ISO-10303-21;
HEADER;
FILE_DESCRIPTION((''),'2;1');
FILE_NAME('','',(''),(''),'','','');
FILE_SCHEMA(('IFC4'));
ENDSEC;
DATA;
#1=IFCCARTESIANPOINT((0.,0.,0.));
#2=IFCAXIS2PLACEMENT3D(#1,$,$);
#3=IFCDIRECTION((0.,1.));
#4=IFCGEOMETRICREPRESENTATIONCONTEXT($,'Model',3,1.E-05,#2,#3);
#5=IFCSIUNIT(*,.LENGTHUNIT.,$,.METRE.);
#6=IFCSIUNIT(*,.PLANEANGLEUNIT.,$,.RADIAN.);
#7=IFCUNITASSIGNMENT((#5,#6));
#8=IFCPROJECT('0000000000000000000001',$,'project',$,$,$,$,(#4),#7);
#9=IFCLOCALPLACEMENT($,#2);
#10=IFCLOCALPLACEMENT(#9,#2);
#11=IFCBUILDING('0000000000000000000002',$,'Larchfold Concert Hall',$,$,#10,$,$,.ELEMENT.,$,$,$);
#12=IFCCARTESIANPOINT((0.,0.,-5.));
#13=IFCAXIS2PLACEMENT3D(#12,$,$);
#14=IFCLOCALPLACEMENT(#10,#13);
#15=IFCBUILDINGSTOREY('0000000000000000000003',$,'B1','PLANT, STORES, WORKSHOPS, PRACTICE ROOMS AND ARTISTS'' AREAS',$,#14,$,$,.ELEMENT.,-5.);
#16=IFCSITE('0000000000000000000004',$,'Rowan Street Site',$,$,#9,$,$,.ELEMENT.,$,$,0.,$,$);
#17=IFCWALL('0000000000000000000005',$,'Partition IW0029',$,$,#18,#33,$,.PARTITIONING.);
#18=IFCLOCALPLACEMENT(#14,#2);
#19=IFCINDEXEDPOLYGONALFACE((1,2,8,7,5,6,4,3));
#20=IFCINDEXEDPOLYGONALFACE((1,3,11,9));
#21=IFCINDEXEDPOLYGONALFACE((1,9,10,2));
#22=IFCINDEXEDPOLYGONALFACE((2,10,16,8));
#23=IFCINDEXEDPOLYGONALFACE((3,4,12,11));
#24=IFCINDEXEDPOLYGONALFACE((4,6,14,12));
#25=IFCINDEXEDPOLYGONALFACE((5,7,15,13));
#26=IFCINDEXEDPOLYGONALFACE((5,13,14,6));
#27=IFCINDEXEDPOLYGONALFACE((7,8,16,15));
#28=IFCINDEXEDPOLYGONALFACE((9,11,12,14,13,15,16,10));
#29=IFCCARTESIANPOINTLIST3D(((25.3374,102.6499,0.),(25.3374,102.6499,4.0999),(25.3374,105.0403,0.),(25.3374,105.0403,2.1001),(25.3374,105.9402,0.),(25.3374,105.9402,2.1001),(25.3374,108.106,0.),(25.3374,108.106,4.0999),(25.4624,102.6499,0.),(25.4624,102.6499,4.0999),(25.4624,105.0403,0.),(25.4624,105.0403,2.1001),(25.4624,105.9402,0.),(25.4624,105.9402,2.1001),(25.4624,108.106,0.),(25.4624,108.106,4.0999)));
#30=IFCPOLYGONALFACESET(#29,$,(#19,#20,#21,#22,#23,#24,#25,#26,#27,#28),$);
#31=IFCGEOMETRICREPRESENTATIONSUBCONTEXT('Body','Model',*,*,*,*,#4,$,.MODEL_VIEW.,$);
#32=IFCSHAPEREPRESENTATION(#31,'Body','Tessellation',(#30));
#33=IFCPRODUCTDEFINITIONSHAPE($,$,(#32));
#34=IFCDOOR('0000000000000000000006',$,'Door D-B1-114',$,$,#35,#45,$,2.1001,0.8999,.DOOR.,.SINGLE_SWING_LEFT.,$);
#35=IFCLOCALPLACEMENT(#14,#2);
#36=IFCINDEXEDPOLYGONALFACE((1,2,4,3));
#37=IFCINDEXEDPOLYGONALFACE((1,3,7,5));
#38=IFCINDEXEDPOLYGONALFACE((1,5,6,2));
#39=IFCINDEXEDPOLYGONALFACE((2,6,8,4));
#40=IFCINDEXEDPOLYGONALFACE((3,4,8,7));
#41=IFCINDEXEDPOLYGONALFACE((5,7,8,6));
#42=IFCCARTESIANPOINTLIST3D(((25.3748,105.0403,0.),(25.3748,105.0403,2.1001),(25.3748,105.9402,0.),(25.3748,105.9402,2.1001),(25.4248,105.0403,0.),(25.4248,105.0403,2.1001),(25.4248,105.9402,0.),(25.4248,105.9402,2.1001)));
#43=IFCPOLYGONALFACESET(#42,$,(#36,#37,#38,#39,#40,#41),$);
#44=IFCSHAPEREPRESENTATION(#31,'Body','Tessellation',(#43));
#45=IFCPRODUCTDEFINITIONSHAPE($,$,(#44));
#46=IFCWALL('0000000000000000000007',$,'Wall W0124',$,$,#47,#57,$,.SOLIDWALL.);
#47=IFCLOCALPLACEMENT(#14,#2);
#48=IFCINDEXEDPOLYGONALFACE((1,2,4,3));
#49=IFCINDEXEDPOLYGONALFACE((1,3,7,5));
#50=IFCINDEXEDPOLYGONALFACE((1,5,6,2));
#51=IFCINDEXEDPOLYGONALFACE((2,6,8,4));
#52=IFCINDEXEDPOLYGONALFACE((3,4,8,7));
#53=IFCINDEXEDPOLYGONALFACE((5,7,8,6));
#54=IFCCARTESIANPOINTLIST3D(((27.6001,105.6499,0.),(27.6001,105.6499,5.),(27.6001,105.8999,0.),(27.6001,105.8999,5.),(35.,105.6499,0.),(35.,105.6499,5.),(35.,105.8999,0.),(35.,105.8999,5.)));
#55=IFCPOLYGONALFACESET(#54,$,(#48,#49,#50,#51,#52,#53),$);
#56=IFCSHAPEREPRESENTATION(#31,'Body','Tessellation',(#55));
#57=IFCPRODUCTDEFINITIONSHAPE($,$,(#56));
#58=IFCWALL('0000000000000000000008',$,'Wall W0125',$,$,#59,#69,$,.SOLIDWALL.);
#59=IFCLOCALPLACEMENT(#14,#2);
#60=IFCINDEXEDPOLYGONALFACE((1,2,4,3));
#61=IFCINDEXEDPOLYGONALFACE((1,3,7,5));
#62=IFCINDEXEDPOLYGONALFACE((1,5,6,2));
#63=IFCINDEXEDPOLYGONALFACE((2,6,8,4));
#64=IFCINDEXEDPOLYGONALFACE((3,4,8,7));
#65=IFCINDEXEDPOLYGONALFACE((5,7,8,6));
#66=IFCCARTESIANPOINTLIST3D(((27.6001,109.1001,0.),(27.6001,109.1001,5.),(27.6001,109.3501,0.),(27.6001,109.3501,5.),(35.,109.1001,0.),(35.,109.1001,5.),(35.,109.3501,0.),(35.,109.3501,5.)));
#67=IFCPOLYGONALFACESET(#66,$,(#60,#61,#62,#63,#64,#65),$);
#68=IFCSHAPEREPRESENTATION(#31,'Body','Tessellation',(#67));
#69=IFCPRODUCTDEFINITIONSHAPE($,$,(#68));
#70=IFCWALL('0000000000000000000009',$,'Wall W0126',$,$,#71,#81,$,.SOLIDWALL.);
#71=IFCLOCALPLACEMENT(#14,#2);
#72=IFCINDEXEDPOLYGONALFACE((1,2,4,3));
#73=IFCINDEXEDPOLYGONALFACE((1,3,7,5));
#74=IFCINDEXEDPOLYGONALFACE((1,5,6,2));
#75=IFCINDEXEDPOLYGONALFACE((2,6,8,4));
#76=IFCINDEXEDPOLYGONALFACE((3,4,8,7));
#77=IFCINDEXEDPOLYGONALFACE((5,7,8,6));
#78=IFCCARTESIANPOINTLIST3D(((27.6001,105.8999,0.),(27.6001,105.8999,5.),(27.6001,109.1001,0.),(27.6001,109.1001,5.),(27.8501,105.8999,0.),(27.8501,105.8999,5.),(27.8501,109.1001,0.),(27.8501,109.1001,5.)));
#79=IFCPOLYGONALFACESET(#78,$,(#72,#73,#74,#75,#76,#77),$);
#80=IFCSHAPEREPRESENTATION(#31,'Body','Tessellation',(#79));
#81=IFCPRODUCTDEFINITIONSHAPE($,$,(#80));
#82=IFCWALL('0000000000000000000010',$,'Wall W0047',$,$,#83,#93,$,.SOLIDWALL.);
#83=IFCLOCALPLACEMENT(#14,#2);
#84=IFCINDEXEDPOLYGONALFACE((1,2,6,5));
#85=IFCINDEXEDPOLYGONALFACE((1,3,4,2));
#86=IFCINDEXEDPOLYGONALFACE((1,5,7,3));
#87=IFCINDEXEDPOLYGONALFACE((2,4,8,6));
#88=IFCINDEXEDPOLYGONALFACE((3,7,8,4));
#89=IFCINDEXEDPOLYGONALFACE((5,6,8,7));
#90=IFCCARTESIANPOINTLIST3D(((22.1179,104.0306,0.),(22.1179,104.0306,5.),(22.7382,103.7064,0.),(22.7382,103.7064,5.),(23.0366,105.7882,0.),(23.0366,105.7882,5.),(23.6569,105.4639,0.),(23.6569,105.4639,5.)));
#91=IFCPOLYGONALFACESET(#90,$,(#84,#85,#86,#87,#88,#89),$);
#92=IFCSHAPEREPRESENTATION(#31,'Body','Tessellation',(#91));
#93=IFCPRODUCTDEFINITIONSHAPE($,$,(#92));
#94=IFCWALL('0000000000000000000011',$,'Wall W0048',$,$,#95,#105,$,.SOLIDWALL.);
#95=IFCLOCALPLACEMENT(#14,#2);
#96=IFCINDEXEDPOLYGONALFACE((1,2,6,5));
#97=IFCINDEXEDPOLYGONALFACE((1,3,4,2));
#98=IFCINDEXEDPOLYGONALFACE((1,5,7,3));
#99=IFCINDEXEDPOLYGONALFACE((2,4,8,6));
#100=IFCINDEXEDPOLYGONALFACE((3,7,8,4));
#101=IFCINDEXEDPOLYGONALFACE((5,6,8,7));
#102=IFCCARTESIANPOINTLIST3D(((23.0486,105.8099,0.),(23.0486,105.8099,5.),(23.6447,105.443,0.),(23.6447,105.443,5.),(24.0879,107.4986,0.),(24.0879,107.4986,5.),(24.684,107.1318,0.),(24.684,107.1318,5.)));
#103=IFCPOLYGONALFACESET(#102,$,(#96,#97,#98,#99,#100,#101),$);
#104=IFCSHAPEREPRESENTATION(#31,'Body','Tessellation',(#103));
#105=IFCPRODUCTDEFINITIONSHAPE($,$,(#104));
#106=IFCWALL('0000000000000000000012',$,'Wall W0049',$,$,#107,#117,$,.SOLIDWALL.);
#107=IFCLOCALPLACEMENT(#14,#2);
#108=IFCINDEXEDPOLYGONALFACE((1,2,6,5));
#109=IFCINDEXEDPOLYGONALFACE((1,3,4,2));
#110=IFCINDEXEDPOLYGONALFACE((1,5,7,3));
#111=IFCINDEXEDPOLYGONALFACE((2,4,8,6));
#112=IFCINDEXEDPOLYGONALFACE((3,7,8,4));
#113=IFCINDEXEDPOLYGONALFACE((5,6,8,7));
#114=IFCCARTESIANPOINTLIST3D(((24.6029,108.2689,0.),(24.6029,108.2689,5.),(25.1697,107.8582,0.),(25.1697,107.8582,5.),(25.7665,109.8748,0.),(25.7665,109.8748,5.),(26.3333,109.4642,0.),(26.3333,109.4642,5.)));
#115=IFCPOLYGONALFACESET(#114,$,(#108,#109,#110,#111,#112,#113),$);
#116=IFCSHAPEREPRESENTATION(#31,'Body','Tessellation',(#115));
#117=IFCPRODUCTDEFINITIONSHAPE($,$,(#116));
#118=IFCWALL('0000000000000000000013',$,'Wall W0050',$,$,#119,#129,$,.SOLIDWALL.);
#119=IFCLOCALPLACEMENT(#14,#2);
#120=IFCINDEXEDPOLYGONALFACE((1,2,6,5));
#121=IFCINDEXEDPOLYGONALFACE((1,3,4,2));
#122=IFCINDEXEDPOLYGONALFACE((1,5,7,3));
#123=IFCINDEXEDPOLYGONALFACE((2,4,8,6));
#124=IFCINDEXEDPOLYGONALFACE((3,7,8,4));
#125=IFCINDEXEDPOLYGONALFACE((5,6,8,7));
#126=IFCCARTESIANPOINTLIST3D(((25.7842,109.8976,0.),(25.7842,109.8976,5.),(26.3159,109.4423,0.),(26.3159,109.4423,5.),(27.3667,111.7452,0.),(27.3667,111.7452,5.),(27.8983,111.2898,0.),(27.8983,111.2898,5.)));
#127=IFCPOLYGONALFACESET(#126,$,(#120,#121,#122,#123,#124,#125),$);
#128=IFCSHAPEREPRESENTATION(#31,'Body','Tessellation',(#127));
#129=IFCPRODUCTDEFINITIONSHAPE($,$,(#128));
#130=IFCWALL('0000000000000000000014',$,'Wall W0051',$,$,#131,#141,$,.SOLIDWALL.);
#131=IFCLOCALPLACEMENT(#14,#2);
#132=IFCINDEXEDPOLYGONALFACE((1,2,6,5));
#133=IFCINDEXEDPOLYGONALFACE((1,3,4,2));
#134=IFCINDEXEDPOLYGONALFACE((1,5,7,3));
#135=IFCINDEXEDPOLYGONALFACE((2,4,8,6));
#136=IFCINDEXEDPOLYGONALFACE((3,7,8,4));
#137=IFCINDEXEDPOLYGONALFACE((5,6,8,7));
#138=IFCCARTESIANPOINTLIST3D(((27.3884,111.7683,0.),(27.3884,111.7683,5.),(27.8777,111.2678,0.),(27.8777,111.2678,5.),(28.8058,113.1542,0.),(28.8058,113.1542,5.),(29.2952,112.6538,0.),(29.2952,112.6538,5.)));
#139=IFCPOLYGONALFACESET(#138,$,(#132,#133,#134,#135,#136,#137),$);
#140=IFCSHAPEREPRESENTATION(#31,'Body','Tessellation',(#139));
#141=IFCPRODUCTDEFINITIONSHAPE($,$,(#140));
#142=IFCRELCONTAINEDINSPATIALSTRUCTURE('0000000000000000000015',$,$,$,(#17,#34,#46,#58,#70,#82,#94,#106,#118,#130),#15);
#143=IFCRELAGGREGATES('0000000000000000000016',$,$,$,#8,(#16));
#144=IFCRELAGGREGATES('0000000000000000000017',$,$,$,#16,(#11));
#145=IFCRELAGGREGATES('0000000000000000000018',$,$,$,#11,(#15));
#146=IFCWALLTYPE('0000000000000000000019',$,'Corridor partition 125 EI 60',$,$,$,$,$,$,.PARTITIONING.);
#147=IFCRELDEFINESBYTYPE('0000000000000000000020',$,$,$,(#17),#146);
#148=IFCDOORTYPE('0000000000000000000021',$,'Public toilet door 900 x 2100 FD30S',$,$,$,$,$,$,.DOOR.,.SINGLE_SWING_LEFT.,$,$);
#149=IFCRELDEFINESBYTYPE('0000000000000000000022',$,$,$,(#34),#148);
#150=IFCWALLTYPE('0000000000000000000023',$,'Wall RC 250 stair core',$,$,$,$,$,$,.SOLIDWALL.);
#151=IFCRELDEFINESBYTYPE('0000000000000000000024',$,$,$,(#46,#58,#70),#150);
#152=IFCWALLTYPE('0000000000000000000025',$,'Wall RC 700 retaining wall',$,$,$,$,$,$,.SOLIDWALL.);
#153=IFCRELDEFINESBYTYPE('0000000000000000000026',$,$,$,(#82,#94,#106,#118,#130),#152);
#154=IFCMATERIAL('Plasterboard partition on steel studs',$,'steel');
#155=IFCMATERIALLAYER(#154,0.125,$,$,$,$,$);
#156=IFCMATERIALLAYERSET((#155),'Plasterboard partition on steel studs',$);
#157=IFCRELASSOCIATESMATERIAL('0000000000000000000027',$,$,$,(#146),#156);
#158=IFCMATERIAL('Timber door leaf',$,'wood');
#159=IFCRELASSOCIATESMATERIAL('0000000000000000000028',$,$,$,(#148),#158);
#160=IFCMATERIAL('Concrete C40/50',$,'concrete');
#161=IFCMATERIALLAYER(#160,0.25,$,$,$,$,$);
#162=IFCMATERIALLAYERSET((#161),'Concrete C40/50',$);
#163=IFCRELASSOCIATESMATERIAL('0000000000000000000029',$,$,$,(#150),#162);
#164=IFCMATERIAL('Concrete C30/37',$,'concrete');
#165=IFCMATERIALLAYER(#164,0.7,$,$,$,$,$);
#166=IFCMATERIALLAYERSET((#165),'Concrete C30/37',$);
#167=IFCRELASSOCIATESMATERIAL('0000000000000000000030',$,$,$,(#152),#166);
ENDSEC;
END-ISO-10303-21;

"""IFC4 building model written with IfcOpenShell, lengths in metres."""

from ifc_helpers import new_model, si_unit, direction, frame, frame_2d, origin, place, context, subcontext, project, spatial, rectangle, extrude, material, layer, layer_set, type_object, element, fill, save


model = new_model("IFC4")

# Units and contexts
model_context = context("Model", 3, precision=1e-05, world=origin(), true_north=direction((0.0, 1.0)))
body_context = subcontext(model_context, "Body", "Model", "MODEL_VIEW")
ifc_project = project(units=[si_unit("LENGTHUNIT", "METRE"), si_unit("PLANEANGLEUNIT", "RADIAN")], contexts=[model_context])

# Site, building, storey
site_placement = place(None, origin())
site = spatial("IfcSite", under=ifc_project, at=site_placement, Name="Rowan Street Site", CompositionType="ELEMENT", RefElevation=0.0)
building_placement = place(site_placement, origin())
building = spatial("IfcBuilding", under=site, at=building_placement, Name="Larchfold Concert Hall", CompositionType="ELEMENT")
storey_placement = place(building_placement, frame((0.0, 0.0, -5.0)))
storey = spatial("IfcBuildingStorey", under=building, at=storey_placement, Name="B1", Description="PLANT, STORES, WORKSHOPS, PRACTICE ROOMS AND ARTISTS' AREAS", CompositionType="ELEMENT", Elevation=-5.0)

# Wall, opening, door
ifc_material_1 = material(Name="Plasterboard partition on steel studs", Category="steel")
ifc_layer_1 = layer(ifc_material_1, 0.125)
ifc_layer_set_1 = layer_set([ifc_layer_1], Name="Plasterboard partition on steel studs")
wall_type_1 = type_object("IfcWallType", Name="Corridor partition 125 EI 60", PredefinedType="PARTITIONING", material=ifc_layer_set_1)
wall_1_placement = place(storey_placement, frame((25.3999, 108.106, 0.0), z_axis=(0.0, 0.0, 1.0), x_axis=(0.0, -1.0, 0.0)))
wall_1 = element("IfcWall", 1, at=wall_1_placement, inside=storey, type_object=wall_type_1, Name="Partition IW0029", PredefinedType="PARTITIONING", context=body_context, shape_type="SweptSolid", body=[
    extrude(rectangle(XDim=5.4561, YDim=0.125, at=frame_2d((2.728, 0.0))), origin(), (0.0, 0.0, 1.0), 4.0999),
])
opening_placement = place(wall_1_placement, frame((2.1658, 0.0, 0.0)))
opening = element("IfcOpeningElement", 2, at=opening_placement, cuts=wall_1, PredefinedType="OPENING", context=body_context, shape_type="SweptSolid", body=[
    extrude(rectangle(XDim=0.8999, YDim=2.1001, at=frame_2d((0.45, 1.05))), frame((0.0, 0.0725, 0.0), z_axis=(0.0, -1.0, 0.0), x_axis=(1.0, 0.0, 0.0)), (0.0, 0.0, 1.0), 0.145),
])
ifc_material_2 = material(Name="Timber door leaf", Category="wood")
door_type = type_object("IfcDoorType", Name="Public toilet door 900 x 2100 FD30S", OperationType="SINGLE_SWING_LEFT", PredefinedType="DOOR", material=ifc_material_2)
door_placement = place(opening_placement, origin())
door = element("IfcDoor", 3, at=door_placement, inside=storey, type_object=door_type, Name="Door D-B1-114", OperationType="SINGLE_SWING_LEFT", OverallHeight=2.1001, OverallWidth=0.8999, PredefinedType="DOOR", context=body_context, shape_type="SweptSolid", body=[
    extrude(rectangle(XDim=0.8999, YDim=2.1001, at=frame_2d((0.45, 1.05))), frame((0.0, 0.0249, 0.0), z_axis=(0.0, -1.0, 0.0), x_axis=(1.0, 0.0, 0.0)), (0.0, 0.0, 1.0), 0.05),
])
fill(opening, door)

# Walls
ifc_material_3 = material(Name="Concrete C40/50", Category="concrete")
ifc_layer_2 = layer(ifc_material_3, 0.25)
ifc_layer_set_2 = layer_set([ifc_layer_2], Name="Concrete C40/50")
wall_type_2 = type_object("IfcWallType", Name="Wall RC 250 stair core", PredefinedType="SOLIDWALL", material=ifc_layer_set_2)
for number, where, z_axis, x_axis, name in (
    (4, (27.6001, 105.7749, 0.0), (0.0, 0.0, 1.0), (1.0, 0.0, 0.0), "Wall W0124"),
    (5, (27.6001, 109.2251, 0.0), (0.0, 0.0, 1.0), (1.0, 0.0, 0.0), "Wall W0125"),
):
    element("IfcWall", number, at=place(storey_placement, frame(where, z_axis=z_axis, x_axis=x_axis)), inside=storey, type_object=wall_type_2, Name=name, PredefinedType="SOLIDWALL", context=body_context, shape_type="SweptSolid", body=[
        extrude(rectangle(XDim=7.3999, YDim=0.25, at=frame_2d((3.7, 0.0))), origin(), (0.0, 0.0, 1.0), 5.0),
    ])
wall_2_placement = place(storey_placement, frame((27.7251, 105.8999, 0.0), z_axis=(0.0, 0.0, 1.0), x_axis=(0.0, 1.0, 0.0)))
element("IfcWall", 6, at=wall_2_placement, inside=storey, type_object=wall_type_2, Name="Wall W0126", PredefinedType="SOLIDWALL", context=body_context, shape_type="SweptSolid", body=[
    extrude(rectangle(XDim=3.2002, YDim=0.25, at=frame_2d((1.6001, 0.0))), origin(), (0.0, 0.0, 1.0), 5.0),
])
ifc_material_4 = material(Name="Concrete C30/37", Category="concrete")
ifc_layer_3 = layer(ifc_material_4, 0.7)
ifc_layer_set_3 = layer_set([ifc_layer_3], Name="Concrete C30/37")
wall_type_3 = type_object("IfcWallType", Name="Wall RC 700 retaining wall", PredefinedType="SOLIDWALL", material=ifc_layer_set_3)
wall_3_placement = place(storey_placement, frame((22.428, 103.8684, 0.0), z_axis=(0.0, 0.0, 1.0), x_axis=(0.463243, 0.886231, 0.0)))
element("IfcWall", 7, at=wall_3_placement, inside=storey, type_object=wall_type_3, Name="Wall W0047", PredefinedType="SOLIDWALL", context=body_context, shape_type="SweptSolid", body=[
    extrude(rectangle(XDim=1.9832, YDim=0.7, at=frame_2d((0.9917, 0.0))), origin(), (0.0, 0.0, 1.0), 5.0),
])
wall_4_placement = place(storey_placement, frame((23.3467, 105.6265, 0.0), z_axis=(0.0, 0.0, 1.0), x_axis=(0.524132, 0.851637, 0.0)))
element("IfcWall", 8, at=wall_4_placement, inside=storey, type_object=wall_type_3, Name="Wall W0048", PredefinedType="SOLIDWALL", context=body_context, shape_type="SweptSolid", body=[
    extrude(rectangle(XDim=1.9829, YDim=0.7, at=frame_2d((0.9915, 0.0))), origin(), (0.0, 0.0, 1.0), 5.0),
])
wall_5_placement = place(storey_placement, frame((24.8862, 108.0635, 0.0), z_axis=(0.0, 0.0, 1.0), x_axis=(0.586721, 0.809789, 0.0)))
element("IfcWall", 9, at=wall_5_placement, inside=storey, type_object=wall_type_3, Name="Wall W0049", PredefinedType="SOLIDWALL", context=body_context, shape_type="SweptSolid", body=[
    extrude(rectangle(XDim=1.9832, YDim=0.7, at=frame_2d((0.9917, 0.0))), origin(), (0.0, 0.0, 1.0), 5.0),
])
wall_6_placement = place(storey_placement, frame((26.05, 109.6699, 0.0), z_axis=(0.0, 0.0, 1.0), x_axis=(0.65051, 0.759497, 0.0)))
element("IfcWall", 10, at=wall_6_placement, inside=storey, type_object=wall_type_3, Name="Wall W0050", PredefinedType="SOLIDWALL", context=body_context, shape_type="SweptSolid", body=[
    extrude(rectangle(XDim=2.4326, YDim=0.7, at=frame_2d((1.2163, 0.0))), origin(), (0.0, 0.0, 1.0), 5.0),
])
wall_7_placement = place(storey_placement, frame((27.6331, 111.5181, 0.0), z_axis=(0.0, 0.0, 1.0), x_axis=(0.715005, 0.699119, 0.0)))
element("IfcWall", 11, at=wall_7_placement, inside=storey, type_object=wall_type_3, Name="Wall W0051", PredefinedType="SOLIDWALL", context=body_context, shape_type="SweptSolid", body=[
    extrude(rectangle(XDim=1.9824, YDim=0.7, at=frame_2d((0.9912, 0.0))), origin(), (0.0, 0.0, 1.0), 5.0),
])

save(model, "model.ifc")
